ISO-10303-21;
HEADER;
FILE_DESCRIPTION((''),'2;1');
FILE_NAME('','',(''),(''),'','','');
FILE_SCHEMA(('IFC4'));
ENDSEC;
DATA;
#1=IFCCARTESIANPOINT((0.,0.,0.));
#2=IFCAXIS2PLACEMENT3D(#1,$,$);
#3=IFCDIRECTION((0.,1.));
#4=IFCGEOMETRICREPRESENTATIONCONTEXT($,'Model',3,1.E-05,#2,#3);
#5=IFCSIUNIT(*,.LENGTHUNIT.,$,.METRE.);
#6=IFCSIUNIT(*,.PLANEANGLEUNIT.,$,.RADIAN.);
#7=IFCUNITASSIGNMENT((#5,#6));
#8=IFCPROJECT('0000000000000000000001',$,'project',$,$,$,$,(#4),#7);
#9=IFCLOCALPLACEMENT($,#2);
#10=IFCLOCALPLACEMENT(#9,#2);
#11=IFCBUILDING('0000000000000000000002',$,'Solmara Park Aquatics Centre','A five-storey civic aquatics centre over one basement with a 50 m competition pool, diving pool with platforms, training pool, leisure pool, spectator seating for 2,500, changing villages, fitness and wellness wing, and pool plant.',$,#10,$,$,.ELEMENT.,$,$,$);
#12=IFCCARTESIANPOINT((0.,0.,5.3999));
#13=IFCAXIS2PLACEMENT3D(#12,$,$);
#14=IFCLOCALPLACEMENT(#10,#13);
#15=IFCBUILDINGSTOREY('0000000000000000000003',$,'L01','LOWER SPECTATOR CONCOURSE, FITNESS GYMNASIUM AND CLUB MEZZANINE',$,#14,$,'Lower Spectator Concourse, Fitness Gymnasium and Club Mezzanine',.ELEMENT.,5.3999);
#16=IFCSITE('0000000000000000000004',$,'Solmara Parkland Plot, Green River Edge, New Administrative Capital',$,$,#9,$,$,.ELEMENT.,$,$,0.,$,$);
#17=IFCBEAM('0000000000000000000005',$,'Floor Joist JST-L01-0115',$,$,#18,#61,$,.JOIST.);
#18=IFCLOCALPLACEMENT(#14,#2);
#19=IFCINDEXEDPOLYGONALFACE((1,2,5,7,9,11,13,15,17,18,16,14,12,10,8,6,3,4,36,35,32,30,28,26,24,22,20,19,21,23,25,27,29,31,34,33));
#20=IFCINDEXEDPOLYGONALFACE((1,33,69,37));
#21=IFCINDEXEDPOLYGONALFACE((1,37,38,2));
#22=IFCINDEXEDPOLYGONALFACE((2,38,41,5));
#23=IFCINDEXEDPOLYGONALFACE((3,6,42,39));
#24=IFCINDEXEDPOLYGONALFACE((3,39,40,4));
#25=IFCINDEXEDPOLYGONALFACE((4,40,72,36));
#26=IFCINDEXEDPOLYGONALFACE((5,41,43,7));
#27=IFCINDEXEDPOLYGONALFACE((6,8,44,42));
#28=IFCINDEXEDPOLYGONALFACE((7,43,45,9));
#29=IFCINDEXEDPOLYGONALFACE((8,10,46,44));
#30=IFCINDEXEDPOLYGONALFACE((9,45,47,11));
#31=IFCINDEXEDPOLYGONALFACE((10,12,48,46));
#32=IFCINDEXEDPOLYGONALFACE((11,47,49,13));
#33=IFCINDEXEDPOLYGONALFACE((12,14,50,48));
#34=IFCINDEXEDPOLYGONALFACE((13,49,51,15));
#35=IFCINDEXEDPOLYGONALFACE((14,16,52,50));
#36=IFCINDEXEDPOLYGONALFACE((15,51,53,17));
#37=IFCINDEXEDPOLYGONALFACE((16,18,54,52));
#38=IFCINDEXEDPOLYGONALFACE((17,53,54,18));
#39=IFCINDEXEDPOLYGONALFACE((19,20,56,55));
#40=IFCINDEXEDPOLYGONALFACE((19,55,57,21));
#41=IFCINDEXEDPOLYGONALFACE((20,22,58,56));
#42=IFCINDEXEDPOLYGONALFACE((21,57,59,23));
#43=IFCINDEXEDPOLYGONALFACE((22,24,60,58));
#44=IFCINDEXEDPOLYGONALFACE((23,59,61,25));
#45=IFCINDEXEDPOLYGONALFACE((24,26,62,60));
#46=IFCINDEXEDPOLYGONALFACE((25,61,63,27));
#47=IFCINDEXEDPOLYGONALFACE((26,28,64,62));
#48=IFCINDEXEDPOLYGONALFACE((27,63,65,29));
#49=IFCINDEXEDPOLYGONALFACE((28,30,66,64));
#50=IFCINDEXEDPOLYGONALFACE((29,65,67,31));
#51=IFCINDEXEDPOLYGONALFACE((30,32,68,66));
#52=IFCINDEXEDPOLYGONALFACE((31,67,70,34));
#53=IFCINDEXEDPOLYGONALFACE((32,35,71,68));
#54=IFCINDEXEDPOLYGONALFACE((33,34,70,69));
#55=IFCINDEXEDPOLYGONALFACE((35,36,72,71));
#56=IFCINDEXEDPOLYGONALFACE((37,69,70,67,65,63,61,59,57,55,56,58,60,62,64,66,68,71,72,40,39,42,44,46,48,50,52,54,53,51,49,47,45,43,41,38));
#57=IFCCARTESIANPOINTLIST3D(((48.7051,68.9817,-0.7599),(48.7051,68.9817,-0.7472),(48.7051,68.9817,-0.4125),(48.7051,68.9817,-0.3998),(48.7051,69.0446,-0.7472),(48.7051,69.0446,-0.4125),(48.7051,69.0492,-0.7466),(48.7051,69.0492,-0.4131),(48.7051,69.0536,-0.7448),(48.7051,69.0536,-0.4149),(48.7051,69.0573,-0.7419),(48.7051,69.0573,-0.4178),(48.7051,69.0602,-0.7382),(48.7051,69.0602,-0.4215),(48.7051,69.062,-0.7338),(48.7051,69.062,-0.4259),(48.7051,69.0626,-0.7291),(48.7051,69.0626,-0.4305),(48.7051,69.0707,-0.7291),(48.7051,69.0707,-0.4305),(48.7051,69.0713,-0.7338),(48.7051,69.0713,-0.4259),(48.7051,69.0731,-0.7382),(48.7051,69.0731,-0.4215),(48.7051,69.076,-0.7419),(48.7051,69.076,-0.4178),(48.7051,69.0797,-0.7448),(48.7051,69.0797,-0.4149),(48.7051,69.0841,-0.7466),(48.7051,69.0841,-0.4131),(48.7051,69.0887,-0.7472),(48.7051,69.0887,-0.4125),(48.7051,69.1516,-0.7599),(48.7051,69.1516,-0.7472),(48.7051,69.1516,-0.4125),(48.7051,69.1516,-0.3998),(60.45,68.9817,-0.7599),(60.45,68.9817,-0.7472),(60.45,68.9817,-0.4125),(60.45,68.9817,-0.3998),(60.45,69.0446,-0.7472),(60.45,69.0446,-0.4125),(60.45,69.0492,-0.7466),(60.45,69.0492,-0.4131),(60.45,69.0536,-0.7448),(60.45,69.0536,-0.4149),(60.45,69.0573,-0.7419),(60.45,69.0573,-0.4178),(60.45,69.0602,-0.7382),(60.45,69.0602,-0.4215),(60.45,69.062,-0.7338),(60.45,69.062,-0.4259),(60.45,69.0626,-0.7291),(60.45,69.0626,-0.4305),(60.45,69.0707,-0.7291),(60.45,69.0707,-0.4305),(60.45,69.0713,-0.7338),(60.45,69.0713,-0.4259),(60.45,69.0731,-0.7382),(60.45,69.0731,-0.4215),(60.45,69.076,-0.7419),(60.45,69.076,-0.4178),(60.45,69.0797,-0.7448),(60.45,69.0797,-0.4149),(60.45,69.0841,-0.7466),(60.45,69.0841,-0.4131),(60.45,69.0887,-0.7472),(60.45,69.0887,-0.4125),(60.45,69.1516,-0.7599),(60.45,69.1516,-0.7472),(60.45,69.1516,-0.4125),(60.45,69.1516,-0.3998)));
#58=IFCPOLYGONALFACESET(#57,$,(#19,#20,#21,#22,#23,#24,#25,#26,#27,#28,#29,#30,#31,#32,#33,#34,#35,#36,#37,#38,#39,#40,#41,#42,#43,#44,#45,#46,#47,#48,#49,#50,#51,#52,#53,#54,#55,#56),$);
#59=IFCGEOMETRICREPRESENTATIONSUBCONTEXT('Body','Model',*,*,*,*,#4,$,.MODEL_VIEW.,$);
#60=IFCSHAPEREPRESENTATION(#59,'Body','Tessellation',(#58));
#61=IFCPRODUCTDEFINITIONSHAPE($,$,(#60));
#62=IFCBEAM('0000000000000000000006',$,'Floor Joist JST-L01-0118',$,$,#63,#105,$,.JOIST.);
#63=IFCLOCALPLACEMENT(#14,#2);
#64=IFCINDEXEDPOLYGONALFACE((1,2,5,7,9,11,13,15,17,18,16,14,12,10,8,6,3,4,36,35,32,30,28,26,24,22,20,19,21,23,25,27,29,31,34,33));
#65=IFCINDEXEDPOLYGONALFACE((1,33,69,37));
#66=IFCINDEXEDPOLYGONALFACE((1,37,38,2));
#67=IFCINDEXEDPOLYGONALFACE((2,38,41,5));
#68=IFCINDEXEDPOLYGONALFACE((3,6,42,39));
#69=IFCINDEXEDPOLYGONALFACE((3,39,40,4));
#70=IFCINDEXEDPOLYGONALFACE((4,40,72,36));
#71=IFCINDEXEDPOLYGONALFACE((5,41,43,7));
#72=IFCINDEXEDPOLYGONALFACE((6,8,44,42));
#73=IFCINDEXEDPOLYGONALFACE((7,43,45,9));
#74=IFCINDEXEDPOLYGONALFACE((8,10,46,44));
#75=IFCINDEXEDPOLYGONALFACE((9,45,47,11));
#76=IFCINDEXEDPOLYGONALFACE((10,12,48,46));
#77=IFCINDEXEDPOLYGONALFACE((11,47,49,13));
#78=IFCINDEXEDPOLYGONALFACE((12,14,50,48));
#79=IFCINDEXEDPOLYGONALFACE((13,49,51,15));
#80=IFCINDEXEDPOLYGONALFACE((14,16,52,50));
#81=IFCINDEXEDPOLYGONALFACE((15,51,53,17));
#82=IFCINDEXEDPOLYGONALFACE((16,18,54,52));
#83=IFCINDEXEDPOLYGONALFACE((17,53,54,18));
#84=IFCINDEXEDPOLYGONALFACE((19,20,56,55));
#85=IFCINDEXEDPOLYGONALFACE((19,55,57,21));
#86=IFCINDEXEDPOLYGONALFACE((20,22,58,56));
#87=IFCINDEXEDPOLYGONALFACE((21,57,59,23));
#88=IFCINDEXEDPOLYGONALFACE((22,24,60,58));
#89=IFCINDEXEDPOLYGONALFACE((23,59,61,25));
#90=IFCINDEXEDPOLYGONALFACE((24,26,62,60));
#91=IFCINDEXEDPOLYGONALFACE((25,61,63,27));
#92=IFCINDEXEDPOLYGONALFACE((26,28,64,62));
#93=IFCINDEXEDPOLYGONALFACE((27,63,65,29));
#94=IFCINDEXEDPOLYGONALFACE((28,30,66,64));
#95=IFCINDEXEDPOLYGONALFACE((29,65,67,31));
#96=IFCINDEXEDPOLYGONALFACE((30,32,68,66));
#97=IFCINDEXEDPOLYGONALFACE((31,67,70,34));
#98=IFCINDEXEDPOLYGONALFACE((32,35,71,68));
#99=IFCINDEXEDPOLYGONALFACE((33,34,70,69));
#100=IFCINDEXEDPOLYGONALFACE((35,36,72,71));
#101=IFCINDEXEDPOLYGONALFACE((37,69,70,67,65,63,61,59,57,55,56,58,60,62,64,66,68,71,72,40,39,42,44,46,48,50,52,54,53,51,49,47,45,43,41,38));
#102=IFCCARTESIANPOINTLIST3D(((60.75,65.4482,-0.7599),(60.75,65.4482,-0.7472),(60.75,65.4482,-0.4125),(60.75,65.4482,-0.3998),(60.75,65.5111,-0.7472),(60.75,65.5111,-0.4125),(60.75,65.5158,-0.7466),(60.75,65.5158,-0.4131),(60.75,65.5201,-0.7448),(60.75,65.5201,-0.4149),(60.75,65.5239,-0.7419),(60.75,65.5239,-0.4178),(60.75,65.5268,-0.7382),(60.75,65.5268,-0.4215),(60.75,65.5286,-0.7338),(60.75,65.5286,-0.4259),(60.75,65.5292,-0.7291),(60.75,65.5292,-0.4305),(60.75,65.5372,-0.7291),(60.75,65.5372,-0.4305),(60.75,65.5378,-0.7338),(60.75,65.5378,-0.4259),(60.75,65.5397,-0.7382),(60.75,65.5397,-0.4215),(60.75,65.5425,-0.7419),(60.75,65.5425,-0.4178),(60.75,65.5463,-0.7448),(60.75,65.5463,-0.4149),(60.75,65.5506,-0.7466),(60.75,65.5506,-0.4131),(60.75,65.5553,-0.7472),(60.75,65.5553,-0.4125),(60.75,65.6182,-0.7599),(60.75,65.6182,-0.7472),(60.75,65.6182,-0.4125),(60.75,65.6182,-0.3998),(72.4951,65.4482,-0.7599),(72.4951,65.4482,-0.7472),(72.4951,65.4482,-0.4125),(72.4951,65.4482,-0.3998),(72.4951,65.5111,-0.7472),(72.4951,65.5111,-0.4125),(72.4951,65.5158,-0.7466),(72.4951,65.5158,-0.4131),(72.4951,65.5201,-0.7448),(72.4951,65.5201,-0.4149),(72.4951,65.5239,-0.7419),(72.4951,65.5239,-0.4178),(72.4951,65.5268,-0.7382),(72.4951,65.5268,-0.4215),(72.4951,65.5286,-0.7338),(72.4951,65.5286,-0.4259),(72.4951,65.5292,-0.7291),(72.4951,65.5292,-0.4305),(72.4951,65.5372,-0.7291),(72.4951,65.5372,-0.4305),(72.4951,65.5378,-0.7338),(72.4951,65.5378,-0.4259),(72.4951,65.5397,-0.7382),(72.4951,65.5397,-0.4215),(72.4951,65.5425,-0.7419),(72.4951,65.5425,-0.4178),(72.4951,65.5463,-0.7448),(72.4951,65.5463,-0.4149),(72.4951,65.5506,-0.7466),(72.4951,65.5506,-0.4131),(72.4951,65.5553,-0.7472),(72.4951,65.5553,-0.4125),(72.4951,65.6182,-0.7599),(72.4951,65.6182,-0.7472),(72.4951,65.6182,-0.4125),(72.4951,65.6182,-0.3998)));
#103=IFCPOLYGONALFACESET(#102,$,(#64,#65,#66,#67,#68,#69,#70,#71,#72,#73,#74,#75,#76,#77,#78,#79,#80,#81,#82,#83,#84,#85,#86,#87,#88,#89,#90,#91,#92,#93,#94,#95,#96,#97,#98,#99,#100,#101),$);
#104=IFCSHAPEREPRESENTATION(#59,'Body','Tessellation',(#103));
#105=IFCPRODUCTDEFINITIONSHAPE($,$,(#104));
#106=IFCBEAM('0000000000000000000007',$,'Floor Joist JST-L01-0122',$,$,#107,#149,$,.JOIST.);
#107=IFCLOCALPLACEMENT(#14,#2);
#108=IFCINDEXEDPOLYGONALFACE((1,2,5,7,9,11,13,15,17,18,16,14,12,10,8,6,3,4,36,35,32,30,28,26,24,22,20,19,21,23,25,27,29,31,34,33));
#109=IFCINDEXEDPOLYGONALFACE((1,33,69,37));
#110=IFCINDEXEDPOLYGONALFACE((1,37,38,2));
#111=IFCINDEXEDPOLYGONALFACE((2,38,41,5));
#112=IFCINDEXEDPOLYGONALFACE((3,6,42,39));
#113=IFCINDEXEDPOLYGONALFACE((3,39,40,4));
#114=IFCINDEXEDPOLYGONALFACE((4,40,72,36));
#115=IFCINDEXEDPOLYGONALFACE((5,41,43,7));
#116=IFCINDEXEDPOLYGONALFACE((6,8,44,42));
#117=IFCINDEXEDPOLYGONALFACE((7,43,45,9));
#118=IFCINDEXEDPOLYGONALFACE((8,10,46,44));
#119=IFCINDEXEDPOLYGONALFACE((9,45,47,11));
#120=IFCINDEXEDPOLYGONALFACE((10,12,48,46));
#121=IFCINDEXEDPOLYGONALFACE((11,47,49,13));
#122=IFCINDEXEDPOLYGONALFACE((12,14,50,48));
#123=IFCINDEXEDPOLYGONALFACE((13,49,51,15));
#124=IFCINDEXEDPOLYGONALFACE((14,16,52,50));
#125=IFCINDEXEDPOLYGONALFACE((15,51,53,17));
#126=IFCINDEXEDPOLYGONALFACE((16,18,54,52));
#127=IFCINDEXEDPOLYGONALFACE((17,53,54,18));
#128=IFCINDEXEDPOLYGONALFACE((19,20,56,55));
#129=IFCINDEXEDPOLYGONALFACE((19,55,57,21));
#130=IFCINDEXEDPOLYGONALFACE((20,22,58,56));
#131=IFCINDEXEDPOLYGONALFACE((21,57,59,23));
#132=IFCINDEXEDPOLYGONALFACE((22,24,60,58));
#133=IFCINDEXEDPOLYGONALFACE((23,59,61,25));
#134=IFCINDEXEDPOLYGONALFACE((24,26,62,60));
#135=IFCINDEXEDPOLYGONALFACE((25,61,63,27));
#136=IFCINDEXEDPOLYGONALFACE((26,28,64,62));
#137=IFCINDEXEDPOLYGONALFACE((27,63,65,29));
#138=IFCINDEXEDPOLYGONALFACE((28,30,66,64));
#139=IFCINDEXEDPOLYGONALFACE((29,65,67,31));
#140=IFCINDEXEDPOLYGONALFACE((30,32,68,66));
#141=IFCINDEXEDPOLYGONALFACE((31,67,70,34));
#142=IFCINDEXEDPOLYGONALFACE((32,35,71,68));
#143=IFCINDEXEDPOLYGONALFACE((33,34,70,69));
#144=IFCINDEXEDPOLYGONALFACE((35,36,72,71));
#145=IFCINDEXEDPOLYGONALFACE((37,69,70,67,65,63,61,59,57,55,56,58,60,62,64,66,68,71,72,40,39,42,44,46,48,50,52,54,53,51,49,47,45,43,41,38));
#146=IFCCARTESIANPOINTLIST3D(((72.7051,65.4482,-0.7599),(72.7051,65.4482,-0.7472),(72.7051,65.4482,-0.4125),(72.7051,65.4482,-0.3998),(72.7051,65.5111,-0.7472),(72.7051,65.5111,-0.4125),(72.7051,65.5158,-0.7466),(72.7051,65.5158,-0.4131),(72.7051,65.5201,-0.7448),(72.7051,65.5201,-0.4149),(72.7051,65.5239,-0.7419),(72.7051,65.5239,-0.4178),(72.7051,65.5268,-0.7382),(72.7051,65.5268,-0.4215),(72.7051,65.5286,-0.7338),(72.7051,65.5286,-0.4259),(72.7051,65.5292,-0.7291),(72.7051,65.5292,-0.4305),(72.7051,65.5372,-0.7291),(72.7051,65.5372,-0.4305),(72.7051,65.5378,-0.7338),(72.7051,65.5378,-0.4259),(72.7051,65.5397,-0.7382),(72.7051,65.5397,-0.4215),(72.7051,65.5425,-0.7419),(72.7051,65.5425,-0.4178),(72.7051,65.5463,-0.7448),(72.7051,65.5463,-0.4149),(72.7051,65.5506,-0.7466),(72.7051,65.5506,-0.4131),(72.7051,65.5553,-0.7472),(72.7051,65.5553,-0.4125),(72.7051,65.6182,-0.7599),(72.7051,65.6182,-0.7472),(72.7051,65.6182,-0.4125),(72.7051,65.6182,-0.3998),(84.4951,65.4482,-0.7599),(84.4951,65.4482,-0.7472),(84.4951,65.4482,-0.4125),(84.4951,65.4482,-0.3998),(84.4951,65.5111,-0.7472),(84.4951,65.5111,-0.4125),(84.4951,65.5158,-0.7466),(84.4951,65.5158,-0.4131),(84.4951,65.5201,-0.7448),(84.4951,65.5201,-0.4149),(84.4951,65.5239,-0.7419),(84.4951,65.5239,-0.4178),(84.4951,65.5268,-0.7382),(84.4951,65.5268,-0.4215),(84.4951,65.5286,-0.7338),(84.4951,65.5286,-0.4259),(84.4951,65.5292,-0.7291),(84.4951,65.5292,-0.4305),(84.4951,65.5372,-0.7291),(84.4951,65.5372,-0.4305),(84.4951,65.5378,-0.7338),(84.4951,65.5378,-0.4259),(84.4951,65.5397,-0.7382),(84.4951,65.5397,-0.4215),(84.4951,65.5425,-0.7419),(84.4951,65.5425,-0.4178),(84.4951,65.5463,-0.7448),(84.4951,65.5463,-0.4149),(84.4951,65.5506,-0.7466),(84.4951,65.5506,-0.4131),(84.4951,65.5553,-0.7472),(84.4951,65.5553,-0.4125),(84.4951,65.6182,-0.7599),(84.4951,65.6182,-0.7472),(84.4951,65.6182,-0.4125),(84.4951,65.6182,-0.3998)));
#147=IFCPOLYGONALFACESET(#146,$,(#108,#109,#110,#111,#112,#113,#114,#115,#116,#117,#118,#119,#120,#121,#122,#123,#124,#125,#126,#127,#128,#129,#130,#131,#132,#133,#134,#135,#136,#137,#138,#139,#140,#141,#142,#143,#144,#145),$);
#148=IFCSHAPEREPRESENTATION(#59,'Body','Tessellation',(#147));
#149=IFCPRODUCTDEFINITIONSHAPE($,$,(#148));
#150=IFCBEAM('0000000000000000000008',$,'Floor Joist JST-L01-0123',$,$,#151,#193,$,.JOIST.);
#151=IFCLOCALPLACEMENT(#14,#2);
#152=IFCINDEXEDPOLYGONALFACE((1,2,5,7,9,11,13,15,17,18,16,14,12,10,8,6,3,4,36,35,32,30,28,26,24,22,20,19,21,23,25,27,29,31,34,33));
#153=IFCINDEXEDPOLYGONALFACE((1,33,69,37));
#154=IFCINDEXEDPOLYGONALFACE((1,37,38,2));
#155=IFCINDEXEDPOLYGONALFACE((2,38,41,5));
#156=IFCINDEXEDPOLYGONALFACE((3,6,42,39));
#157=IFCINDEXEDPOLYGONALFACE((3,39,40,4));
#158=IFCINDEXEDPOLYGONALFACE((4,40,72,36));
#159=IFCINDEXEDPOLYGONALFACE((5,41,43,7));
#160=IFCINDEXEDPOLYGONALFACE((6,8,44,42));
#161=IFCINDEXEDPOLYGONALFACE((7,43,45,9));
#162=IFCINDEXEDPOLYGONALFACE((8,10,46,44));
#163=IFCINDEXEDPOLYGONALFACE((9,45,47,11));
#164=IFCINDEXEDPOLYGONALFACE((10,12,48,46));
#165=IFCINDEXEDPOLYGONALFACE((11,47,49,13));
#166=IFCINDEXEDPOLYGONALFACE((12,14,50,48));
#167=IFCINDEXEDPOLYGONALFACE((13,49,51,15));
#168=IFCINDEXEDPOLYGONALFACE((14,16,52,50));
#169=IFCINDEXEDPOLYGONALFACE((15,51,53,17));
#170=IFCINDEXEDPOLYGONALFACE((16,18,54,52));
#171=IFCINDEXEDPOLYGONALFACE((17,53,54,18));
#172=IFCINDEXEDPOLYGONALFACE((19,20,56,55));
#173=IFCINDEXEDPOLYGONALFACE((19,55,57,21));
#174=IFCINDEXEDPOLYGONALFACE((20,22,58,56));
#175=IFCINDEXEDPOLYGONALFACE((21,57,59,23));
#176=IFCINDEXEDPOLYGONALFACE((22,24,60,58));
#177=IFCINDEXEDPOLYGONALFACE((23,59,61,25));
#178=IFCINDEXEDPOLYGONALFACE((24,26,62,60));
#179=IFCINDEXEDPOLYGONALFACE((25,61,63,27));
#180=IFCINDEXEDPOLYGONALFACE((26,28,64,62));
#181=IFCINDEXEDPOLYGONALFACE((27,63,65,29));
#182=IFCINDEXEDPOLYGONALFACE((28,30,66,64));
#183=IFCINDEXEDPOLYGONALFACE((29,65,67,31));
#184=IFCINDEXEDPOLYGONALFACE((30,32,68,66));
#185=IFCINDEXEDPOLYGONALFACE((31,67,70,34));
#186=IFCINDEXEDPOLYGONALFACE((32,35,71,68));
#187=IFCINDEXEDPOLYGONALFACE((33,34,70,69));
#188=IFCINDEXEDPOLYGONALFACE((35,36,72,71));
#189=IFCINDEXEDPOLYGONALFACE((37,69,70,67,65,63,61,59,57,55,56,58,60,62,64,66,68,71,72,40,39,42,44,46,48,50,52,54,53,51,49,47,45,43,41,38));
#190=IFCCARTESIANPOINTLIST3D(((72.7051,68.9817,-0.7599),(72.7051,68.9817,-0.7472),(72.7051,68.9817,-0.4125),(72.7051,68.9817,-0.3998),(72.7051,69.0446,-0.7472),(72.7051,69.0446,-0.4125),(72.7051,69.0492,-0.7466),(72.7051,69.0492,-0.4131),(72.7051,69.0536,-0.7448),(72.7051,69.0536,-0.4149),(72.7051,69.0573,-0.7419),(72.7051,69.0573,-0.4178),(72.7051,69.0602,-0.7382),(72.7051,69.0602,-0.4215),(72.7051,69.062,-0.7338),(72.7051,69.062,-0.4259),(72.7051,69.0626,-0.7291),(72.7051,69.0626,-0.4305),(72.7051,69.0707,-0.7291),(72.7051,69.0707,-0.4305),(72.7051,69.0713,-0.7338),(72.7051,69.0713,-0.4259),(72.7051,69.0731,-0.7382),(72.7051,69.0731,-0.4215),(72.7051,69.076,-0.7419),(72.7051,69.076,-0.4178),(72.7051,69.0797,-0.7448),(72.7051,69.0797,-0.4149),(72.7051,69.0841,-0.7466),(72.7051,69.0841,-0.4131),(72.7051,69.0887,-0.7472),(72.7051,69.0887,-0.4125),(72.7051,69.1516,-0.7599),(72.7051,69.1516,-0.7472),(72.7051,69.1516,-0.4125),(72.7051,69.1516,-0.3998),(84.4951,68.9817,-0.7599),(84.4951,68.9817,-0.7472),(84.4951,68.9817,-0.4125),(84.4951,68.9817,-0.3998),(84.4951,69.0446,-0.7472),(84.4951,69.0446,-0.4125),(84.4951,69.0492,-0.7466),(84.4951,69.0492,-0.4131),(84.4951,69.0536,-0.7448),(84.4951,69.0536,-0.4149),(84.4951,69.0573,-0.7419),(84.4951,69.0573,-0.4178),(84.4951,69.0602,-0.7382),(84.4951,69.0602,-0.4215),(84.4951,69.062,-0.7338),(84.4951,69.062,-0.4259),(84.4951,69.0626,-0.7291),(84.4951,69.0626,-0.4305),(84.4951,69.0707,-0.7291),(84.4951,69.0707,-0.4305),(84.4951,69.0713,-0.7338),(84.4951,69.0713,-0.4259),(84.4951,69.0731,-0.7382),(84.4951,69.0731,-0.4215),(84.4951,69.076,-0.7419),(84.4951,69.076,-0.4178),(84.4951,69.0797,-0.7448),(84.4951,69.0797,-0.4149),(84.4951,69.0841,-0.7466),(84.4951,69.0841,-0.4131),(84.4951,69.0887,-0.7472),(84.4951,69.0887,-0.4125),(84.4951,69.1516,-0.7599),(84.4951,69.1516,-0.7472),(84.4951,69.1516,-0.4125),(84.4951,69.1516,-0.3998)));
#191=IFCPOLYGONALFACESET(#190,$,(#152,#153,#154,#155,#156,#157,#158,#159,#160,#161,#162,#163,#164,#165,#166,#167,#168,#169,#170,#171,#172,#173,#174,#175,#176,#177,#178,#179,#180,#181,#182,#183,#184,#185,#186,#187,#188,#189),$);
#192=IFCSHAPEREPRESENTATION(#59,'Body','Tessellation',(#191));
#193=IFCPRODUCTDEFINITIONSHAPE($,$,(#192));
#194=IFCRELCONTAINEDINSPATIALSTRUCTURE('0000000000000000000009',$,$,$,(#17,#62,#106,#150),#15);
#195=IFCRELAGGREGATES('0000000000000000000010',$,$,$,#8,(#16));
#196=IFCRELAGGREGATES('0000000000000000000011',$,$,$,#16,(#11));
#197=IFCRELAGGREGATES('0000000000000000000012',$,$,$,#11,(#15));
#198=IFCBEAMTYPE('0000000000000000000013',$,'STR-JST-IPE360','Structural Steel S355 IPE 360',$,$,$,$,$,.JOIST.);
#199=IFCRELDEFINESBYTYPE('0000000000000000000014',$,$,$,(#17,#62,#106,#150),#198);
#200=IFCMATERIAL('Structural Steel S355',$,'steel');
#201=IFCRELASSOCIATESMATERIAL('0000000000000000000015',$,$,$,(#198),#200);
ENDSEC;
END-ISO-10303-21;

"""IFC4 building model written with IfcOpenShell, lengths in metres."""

from ifc_helpers import new_model, si_unit, direction, frame, origin, origin_2d, place, context, subcontext, project, spatial, i_section, extrude, material, material_profile, profile_set, type_object, element, save


model = new_model("IFC4")

# Units and contexts
model_context = context("Model", 3, precision=1e-05, world=origin(), true_north=direction((0.0, 1.0)))
body_context = subcontext(model_context, "Body", "Model", "MODEL_VIEW")
ifc_project = project(units=[si_unit("LENGTHUNIT", "METRE"), si_unit("PLANEANGLEUNIT", "RADIAN")], contexts=[model_context])

# Site, building, storey
site_placement = place(None, origin())
site = spatial("IfcSite", under=ifc_project, at=site_placement, Name="Solmara Parkland Plot, Green River Edge, New Administrative Capital", CompositionType="ELEMENT", RefElevation=0.0)
building_placement = place(site_placement, origin())
building = spatial("IfcBuilding", under=site, at=building_placement, Name="Solmara Park Aquatics Centre", Description="A five-storey civic aquatics centre over one basement with a 50 m competition pool, diving pool with platforms, training pool, leisure pool, spectator seating for 2,500, changing villages, fitness and wellness wing, and pool plant.", CompositionType="ELEMENT")
storey_placement = place(building_placement, frame((0.0, 0.0, 5.3999)))
storey = spatial("IfcBuildingStorey", under=building, at=storey_placement, Name="L01", Description="LOWER SPECTATOR CONCOURSE, FITNESS GYMNASIUM AND CLUB MEZZANINE", LongName="Lower Spectator Concourse, Fitness Gymnasium and Club Mezzanine", CompositionType="ELEMENT", Elevation=5.3999)

# Shared definitions
ifc_material_1 = material(Name="Structural Steel S355", Category="steel")

# Beams
ifc_material_profile_1 = material_profile(ifc_material_1, i_section(OverallWidth=0.1699, OverallDepth=0.3601, WebThickness=0.0081, FlangeThickness=0.0127, FilletRadius=0.0181, at=origin_2d()), Name="IPE 360")
ifc_profile_set_1 = profile_set([ifc_material_profile_1], Name="Structural Steel S355")
beam_type_1 = type_object("IfcBeamType", Name="STR-JST-IPE360", Description="Structural Steel S355 IPE 360", PredefinedType="JOIST", material=ifc_profile_set_1)
beam_1_placement = place(storey_placement, frame((48.7051, 69.0667, -0.5798), z_axis=(1.0, 0.0, 0.0), x_axis=(0.0, 1.0, 0.0)))
element("IfcBeam", 1, at=beam_1_placement, inside=storey, type_object=beam_type_1, Name="Floor Joist JST-L01-0115", PredefinedType="JOIST", context=body_context, shape_type="SweptSolid", body=[
    extrude(i_section(OverallWidth=0.1699, OverallDepth=0.3601, WebThickness=0.0081, FlangeThickness=0.0127, FilletRadius=0.0181, at=origin_2d()), origin(), (0.0, 0.0, 1.0), 11.7449),
])
beam_2_placement = place(storey_placement, frame((60.75, 65.5332, -0.5798), z_axis=(1.0, 0.0, 0.0), x_axis=(0.0, 1.0, 0.0)))
element("IfcBeam", 2, at=beam_2_placement, inside=storey, type_object=beam_type_1, Name="Floor Joist JST-L01-0118", PredefinedType="JOIST", context=body_context, shape_type="SweptSolid", body=[
    extrude(i_section(OverallWidth=0.1699, OverallDepth=0.3601, WebThickness=0.0081, FlangeThickness=0.0127, FilletRadius=0.0181, at=origin_2d()), origin(), (0.0, 0.0, 1.0), 11.7451),
])
for number, where, z_axis, x_axis, name in (
    (3, (72.7051, 65.5332, -0.5798), (1.0, 0.0, 0.0), (0.0, 1.0, 0.0), "Floor Joist JST-L01-0122"),
    (4, (72.7051, 69.0667, -0.5798), (1.0, 0.0, 0.0), (0.0, 1.0, 0.0), "Floor Joist JST-L01-0123"),
):
    element("IfcBeam", number, at=place(storey_placement, frame(where, z_axis=z_axis, x_axis=x_axis)), inside=storey, type_object=beam_type_1, Name=name, PredefinedType="JOIST", context=body_context, shape_type="SweptSolid", body=[
        extrude(i_section(OverallWidth=0.1699, OverallDepth=0.3601, WebThickness=0.0081, FlangeThickness=0.0127, FilletRadius=0.0181, at=origin_2d()), origin(), (0.0, 0.0, 1.0), 11.79),
    ])

save(model, "model.ifc")
